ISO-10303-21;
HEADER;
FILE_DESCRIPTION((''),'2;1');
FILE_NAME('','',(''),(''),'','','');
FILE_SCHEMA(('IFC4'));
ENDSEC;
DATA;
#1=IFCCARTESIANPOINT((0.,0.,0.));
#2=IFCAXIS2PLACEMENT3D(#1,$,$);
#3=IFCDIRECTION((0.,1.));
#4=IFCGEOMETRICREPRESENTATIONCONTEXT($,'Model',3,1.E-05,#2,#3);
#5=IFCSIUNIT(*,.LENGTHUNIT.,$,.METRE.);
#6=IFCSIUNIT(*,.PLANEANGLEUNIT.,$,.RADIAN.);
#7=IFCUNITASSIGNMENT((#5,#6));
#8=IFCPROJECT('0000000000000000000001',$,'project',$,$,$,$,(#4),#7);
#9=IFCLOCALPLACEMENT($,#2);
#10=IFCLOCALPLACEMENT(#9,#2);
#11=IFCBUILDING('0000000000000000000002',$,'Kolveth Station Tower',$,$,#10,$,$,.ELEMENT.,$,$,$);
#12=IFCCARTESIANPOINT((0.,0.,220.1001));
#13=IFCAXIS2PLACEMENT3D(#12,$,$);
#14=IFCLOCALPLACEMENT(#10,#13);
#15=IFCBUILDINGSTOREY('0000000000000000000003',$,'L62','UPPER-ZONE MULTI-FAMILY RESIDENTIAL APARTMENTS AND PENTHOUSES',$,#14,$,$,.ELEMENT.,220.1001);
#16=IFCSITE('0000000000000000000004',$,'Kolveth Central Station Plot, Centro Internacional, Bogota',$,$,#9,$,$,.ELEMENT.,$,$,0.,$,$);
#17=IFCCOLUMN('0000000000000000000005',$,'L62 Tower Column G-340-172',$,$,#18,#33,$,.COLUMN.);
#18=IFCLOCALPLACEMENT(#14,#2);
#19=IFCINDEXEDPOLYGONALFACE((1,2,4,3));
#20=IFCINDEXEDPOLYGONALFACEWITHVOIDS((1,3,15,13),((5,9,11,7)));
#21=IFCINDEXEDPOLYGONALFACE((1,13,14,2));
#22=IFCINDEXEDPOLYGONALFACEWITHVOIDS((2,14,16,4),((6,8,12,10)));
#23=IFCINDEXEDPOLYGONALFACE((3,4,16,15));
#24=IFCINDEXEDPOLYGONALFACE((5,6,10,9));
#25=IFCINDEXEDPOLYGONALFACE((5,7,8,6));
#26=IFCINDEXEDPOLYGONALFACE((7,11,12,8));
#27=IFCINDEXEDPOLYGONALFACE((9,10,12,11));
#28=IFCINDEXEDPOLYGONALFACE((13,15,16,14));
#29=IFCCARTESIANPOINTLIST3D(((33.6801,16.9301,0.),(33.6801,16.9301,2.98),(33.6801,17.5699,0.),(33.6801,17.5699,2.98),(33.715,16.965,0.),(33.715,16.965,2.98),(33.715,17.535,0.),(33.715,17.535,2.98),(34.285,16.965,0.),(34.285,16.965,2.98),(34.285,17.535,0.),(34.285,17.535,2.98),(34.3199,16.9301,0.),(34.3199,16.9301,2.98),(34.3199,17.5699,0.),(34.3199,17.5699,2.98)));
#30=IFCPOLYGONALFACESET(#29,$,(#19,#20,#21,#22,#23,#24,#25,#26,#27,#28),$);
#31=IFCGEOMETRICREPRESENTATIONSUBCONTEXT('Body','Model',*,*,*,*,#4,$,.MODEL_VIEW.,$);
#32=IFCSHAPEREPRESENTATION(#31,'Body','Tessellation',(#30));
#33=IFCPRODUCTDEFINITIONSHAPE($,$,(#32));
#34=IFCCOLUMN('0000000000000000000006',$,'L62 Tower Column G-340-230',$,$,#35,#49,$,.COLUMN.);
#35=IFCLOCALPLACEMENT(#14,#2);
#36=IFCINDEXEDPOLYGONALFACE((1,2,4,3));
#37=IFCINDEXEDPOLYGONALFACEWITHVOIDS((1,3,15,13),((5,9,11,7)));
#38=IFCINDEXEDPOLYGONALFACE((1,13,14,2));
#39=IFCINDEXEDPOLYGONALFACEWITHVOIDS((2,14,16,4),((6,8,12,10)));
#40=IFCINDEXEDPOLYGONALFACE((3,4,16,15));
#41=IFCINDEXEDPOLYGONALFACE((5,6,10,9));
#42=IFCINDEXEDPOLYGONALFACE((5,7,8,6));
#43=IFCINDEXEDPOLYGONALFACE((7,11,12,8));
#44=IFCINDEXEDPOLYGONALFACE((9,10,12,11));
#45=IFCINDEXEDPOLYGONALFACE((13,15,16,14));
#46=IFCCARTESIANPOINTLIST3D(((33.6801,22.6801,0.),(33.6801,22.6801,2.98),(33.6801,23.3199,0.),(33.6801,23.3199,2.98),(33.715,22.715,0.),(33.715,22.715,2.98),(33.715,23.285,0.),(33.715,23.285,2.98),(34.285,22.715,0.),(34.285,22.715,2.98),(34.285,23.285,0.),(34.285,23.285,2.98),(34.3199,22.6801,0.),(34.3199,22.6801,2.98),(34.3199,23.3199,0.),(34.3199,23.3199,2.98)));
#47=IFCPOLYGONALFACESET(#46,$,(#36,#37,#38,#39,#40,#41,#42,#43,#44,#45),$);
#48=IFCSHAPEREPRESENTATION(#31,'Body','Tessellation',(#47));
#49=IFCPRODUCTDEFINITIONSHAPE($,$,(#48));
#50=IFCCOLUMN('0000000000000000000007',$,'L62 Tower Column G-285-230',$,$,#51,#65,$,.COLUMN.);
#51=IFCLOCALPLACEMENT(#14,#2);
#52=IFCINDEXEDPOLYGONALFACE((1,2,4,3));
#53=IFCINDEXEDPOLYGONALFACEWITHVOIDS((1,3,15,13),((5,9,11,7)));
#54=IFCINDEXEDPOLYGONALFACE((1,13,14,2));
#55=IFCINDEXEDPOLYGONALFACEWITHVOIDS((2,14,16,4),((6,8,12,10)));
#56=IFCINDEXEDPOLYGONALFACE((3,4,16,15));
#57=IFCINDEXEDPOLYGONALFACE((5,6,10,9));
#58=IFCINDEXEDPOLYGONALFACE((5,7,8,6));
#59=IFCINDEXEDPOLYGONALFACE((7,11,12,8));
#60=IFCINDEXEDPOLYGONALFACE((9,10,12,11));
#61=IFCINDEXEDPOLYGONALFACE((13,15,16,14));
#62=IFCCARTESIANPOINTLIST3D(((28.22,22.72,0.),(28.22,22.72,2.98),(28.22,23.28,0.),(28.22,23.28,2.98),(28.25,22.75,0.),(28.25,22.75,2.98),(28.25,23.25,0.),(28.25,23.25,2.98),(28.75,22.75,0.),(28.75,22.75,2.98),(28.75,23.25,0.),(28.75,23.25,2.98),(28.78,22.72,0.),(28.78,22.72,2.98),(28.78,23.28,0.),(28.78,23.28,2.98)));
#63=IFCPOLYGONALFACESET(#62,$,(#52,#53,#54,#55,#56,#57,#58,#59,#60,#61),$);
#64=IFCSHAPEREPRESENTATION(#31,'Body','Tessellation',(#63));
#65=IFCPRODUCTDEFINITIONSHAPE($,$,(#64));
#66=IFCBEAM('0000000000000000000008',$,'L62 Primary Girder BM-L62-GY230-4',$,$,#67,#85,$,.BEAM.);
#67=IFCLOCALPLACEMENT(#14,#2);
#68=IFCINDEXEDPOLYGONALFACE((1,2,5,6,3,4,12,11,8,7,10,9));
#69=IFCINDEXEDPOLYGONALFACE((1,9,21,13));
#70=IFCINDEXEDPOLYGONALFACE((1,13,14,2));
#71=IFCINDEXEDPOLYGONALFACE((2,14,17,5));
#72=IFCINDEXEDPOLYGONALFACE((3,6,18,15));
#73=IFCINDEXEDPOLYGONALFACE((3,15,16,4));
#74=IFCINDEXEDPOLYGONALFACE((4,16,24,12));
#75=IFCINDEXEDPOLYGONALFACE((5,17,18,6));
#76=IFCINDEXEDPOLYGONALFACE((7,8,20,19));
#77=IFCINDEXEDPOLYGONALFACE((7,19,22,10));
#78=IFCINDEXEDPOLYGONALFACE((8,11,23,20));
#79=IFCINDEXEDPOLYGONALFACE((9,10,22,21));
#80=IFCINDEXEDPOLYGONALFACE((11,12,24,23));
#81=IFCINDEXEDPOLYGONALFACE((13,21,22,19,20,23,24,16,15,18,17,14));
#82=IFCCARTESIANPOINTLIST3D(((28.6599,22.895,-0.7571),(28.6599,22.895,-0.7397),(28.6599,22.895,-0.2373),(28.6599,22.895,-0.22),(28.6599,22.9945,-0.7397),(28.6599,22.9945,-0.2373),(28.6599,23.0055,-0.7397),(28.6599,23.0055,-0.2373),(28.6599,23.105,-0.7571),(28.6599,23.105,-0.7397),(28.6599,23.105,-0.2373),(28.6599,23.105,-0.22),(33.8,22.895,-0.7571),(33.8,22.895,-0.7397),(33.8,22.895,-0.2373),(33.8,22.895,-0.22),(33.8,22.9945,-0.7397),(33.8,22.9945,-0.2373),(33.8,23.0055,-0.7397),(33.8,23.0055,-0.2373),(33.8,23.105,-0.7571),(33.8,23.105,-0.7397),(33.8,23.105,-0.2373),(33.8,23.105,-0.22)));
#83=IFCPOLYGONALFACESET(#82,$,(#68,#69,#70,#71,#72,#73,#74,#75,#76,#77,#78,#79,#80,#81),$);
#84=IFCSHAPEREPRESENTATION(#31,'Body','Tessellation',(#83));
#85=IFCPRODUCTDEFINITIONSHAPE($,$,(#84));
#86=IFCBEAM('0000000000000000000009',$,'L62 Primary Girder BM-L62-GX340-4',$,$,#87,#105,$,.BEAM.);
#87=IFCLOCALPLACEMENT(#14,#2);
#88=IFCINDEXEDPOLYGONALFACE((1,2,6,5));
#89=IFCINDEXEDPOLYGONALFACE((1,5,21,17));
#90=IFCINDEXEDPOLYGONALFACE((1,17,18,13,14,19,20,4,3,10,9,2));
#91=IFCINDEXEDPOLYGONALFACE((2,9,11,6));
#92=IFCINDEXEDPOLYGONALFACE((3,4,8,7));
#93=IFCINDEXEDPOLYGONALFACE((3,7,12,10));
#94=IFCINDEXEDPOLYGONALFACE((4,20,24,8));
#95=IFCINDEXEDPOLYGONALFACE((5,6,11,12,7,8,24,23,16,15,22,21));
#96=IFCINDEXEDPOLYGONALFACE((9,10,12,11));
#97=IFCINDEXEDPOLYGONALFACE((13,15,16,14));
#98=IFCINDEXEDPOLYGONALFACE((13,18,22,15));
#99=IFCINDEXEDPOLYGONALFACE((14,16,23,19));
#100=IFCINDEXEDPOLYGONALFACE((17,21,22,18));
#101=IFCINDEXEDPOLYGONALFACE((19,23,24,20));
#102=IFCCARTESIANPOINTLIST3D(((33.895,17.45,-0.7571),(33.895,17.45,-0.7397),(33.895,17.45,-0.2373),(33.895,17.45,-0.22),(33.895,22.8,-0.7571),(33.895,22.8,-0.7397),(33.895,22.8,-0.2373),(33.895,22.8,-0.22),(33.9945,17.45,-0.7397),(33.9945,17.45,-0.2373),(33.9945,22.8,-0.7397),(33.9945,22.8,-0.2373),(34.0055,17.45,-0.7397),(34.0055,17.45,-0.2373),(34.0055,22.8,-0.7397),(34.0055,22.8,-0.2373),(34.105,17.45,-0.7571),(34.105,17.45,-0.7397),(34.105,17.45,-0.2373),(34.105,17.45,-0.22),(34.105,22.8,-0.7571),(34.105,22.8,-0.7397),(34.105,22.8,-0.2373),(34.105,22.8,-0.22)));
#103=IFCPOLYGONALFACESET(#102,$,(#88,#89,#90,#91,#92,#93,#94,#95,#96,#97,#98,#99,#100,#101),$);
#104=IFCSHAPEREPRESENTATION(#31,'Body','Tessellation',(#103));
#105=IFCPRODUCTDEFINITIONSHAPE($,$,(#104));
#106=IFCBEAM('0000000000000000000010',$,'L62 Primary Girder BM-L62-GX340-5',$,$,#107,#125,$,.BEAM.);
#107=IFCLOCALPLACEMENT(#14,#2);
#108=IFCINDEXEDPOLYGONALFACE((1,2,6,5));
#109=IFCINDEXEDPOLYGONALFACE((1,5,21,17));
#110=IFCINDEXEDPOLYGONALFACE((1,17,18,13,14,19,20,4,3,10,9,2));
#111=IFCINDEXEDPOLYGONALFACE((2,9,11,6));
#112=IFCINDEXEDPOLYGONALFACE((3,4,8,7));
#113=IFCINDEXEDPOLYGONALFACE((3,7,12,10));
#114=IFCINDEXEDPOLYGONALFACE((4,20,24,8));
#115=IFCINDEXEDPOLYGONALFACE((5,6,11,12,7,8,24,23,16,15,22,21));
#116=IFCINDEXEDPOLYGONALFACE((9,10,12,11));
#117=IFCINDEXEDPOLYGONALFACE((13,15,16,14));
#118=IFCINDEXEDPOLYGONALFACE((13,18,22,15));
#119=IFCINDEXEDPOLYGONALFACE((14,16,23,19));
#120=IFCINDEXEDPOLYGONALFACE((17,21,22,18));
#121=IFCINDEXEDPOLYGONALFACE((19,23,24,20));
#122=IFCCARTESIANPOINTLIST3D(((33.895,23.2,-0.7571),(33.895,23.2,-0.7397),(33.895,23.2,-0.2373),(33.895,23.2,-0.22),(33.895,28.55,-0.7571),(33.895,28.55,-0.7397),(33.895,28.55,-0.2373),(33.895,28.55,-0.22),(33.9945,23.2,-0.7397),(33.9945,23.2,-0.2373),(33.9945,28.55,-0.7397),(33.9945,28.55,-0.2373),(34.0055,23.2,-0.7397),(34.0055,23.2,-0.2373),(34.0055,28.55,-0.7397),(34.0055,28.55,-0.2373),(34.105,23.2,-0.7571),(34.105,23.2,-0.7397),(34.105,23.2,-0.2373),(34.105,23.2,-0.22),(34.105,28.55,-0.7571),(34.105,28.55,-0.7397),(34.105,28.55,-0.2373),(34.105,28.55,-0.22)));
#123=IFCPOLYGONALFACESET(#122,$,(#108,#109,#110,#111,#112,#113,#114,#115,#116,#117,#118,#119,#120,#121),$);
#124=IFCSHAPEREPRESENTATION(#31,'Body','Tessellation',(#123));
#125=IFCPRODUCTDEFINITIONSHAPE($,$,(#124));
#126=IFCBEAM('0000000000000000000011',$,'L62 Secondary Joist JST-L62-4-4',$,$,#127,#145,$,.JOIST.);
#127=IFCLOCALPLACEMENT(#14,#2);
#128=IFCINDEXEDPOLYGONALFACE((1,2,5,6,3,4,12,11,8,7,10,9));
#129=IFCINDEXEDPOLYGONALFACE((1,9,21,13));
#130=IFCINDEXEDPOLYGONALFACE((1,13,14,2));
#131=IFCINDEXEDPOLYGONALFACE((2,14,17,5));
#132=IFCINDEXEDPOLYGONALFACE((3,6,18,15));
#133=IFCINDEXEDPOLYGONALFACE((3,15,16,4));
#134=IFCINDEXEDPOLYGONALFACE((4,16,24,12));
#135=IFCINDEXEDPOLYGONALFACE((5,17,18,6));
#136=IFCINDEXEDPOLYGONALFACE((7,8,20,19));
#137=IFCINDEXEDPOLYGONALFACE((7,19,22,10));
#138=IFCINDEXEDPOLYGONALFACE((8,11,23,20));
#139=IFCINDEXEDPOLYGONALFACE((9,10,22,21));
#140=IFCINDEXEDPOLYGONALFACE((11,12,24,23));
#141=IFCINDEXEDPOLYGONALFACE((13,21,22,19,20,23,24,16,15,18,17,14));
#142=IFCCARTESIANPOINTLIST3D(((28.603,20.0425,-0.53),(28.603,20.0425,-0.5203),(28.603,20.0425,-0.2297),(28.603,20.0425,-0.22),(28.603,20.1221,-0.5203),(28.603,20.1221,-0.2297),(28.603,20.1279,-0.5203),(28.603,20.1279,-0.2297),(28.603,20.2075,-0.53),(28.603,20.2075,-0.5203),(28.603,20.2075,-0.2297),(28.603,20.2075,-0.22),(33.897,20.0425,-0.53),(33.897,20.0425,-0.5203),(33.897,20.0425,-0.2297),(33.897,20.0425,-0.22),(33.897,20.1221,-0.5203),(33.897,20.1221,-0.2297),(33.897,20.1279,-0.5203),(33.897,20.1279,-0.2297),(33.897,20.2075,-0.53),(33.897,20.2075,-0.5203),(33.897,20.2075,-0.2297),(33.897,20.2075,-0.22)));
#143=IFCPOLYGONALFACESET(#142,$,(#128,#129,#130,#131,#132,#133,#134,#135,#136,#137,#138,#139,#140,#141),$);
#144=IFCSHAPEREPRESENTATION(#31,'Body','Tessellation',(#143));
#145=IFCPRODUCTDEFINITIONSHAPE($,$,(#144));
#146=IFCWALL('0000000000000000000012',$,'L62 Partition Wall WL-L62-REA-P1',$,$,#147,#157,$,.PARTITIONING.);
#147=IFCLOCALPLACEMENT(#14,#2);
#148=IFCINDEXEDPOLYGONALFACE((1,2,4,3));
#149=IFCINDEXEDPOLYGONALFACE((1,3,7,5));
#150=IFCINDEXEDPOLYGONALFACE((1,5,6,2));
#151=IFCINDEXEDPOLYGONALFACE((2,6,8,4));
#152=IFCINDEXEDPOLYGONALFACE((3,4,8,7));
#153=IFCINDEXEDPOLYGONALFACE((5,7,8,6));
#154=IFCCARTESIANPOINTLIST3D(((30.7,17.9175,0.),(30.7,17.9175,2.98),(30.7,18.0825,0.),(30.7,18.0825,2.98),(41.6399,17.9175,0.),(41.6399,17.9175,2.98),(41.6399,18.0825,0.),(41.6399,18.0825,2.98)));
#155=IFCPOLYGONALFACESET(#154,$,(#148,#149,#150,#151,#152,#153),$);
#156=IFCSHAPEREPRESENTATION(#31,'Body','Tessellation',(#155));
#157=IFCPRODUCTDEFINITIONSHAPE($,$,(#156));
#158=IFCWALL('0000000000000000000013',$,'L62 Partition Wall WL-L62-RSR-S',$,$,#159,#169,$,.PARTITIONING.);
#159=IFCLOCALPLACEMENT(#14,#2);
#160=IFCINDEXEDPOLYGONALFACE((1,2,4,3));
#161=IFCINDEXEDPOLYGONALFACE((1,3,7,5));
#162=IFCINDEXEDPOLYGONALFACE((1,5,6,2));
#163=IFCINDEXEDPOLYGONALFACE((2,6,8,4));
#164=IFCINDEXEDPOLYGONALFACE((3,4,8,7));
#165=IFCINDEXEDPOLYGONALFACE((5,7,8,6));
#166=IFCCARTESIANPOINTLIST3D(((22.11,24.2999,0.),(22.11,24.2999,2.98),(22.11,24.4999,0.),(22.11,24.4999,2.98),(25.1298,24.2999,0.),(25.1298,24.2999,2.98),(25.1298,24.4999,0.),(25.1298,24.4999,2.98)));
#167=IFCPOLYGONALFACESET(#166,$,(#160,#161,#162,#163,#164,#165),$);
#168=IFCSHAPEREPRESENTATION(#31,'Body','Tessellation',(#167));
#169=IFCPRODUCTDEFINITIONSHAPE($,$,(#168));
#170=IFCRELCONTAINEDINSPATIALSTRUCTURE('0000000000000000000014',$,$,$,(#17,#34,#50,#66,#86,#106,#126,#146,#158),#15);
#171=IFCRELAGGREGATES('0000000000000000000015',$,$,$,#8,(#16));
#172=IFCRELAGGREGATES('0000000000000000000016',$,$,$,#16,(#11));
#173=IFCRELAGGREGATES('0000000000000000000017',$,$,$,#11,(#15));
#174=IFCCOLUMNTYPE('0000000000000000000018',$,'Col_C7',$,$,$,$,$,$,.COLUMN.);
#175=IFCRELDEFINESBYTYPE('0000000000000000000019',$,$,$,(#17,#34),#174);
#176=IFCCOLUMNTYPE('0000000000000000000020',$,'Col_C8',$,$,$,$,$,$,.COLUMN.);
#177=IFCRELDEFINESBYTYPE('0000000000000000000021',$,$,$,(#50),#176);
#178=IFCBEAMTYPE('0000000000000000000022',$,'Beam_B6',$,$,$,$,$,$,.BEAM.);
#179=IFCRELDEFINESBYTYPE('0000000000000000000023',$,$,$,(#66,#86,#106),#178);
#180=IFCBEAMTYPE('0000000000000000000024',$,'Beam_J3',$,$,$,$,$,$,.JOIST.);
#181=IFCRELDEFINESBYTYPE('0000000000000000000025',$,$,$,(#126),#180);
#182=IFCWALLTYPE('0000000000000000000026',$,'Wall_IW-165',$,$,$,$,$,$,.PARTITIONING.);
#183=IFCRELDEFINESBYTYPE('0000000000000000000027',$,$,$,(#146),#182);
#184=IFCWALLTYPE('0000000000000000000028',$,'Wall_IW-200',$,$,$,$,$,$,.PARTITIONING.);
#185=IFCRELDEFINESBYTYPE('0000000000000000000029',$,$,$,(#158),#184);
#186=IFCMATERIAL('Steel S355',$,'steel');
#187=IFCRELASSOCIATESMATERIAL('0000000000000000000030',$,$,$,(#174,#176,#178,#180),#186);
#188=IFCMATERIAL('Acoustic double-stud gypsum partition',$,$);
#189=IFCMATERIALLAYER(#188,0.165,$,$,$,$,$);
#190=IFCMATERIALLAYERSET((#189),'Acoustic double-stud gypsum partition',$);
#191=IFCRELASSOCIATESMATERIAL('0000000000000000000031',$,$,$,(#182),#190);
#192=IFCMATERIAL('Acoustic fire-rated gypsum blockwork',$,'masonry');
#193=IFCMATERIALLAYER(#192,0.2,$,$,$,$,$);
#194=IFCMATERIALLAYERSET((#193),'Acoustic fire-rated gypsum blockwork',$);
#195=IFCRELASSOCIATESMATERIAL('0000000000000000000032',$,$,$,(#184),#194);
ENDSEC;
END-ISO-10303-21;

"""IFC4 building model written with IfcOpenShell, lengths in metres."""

from ifc_helpers import new_model, si_unit, direction, frame, frame_2d, origin, origin_2d, place, context, subcontext, project, spatial, rectangle, hollow_rectangle, i_section, extrude, source, transform, mapped, material, layer, layer_set, material_profile, profile_set, type_object, element, save


model = new_model("IFC4")

# Units and contexts
model_context = context("Model", 3, precision=1e-05, world=origin(), true_north=direction((0.0, 1.0)))
body_context = subcontext(model_context, "Body", "Model", "MODEL_VIEW")
ifc_project = project(units=[si_unit("LENGTHUNIT", "METRE"), si_unit("PLANEANGLEUNIT", "RADIAN")], contexts=[model_context])

# Site, building, storey
site_placement = place(None, origin())
site = spatial("IfcSite", under=ifc_project, at=site_placement, Name="Kolveth Central Station Plot, Centro Internacional, Bogota", CompositionType="ELEMENT", RefElevation=0.0)
building_placement = place(site_placement, origin())
building = spatial("IfcBuilding", under=site, at=building_placement, Name="Kolveth Station Tower", CompositionType="ELEMENT")
storey_placement = place(building_placement, frame((0.0, 0.0, 220.1001)))
storey = spatial("IfcBuildingStorey", under=building, at=storey_placement, Name="L62", Description="UPPER-ZONE MULTI-FAMILY RESIDENTIAL APARTMENTS AND PENTHOUSES", CompositionType="ELEMENT", Elevation=220.1001)

# Columns
ifc_material_1 = material(Name="Steel S355", Category="steel")
ifc_material_profile_1 = material_profile(ifc_material_1, hollow_rectangle(XDim=0.6399, YDim=0.6399, WallThickness=0.0349, at=origin_2d()), Name="BOX640x640x35")
ifc_profile_set_1 = profile_set([ifc_material_profile_1], Name="Steel S355")
column_type_1 = type_object("IfcColumnType", Name="Col_C7", PredefinedType="COLUMN", material=ifc_profile_set_1)
shared_shape_1 = source(origin(), body_context, "Body", "SweptSolid", [
    extrude(hollow_rectangle(XDim=0.6399, YDim=0.6399, WallThickness=0.0349, at=origin_2d()), origin(), (0.0, 0.0, 1.0), 2.98),
])
for number, where, z_axis, x_axis, name in (
    (1, (34.0, 17.25, 0.0), (0.0, 0.0, 1.0), (1.0, 0.0, 0.0), "L62 Tower Column G-340-172"),
    (2, (34.0, 23.0, 0.0), (0.0, 0.0, 1.0), (1.0, 0.0, 0.0), "L62 Tower Column G-340-230"),
):
    element("IfcColumn", number, at=place(storey_placement, frame(where, z_axis=z_axis, x_axis=x_axis)), inside=storey, type_object=column_type_1, Name=name, PredefinedType="COLUMN", context=body_context, shape_type="MappedRepresentation", body=[
        mapped(shared_shape_1, transform((0.0, 0.0, 0.0), x_axis=(1.0, 0.0, 0.0), y_axis=(0.0, 1.0, 0.0), z_axis=(0.0, 0.0, 1.0), scale=1.0)),
    ])
ifc_material_profile_2 = material_profile(ifc_material_1, hollow_rectangle(XDim=0.5601, YDim=0.5601, WallThickness=0.03, at=origin_2d()), Name="BOX560x560x30")
ifc_profile_set_2 = profile_set([ifc_material_profile_2], Name="Steel S355")
column_type_2 = type_object("IfcColumnType", Name="Col_C8", PredefinedType="COLUMN", material=ifc_profile_set_2)
shared_shape_2 = source(origin(), body_context, "Body", "SweptSolid", [
    extrude(hollow_rectangle(XDim=0.5601, YDim=0.5601, WallThickness=0.03, at=origin_2d()), origin(), (0.0, 0.0, 1.0), 2.98),
])
column_placement = place(storey_placement, frame((28.5, 23.0, 0.0), z_axis=(0.0, 0.0, 1.0), x_axis=(1.0, 0.0, 0.0)))
element("IfcColumn", 3, at=column_placement, inside=storey, type_object=column_type_2, Name="L62 Tower Column G-285-230", PredefinedType="COLUMN", context=body_context, shape_type="MappedRepresentation", body=[
    mapped(shared_shape_2, transform((0.0, 0.0, 0.0), x_axis=(1.0, 0.0, 0.0), y_axis=(0.0, 1.0, 0.0), z_axis=(0.0, 0.0, 1.0), scale=1.0)),
])

# Beams
ifc_material_profile_3 = material_profile(ifc_material_1, i_section(OverallWidth=0.21, OverallDepth=0.5371, WebThickness=0.011, FlangeThickness=0.0173, at=origin_2d()), Name="W530x101")
ifc_profile_set_3 = profile_set([ifc_material_profile_3], Name="Steel S355")
beam_type_1 = type_object("IfcBeamType", Name="Beam_B6", PredefinedType="BEAM", material=ifc_profile_set_3)
shared_shape_3 = source(origin(), body_context, "Body", "SweptSolid", [
    extrude(i_section(OverallWidth=0.21, OverallDepth=0.5371, WebThickness=0.011, FlangeThickness=0.0173, at=origin_2d()), origin(), (0.0, 0.0, 1.0), 5.1401),
])
beam_1_placement = place(storey_placement, frame((28.6599, 23.0, -0.4885), z_axis=(1.0, 0.0, 0.0), x_axis=(0.0, 1.0, 0.0)))
element("IfcBeam", 4, at=beam_1_placement, inside=storey, type_object=beam_type_1, Name="L62 Primary Girder BM-L62-GY230-4", PredefinedType="BEAM", context=body_context, shape_type="MappedRepresentation", body=[
    mapped(shared_shape_3, transform((0.0, 0.0, 0.0), x_axis=(1.0, 0.0, 0.0), y_axis=(0.0, 1.0, 0.0), z_axis=(0.0, 0.0, 1.0), scale=1.0)),
])
shared_shape_4 = source(origin(), body_context, "Body", "SweptSolid", [
    extrude(i_section(OverallWidth=0.21, OverallDepth=0.5371, WebThickness=0.011, FlangeThickness=0.0173, at=origin_2d()), origin(), (0.0, 0.0, 1.0), 5.3501),
])
for number, where, z_axis, x_axis, name in (
    (5, (34.0, 17.45, -0.4885), (0.0, 1.0, 0.0), (-1.0, 0.0, 0.0), "L62 Primary Girder BM-L62-GX340-4"),
    (6, (34.0, 23.2, -0.4885), (0.0, 1.0, 0.0), (-1.0, 0.0, 0.0), "L62 Primary Girder BM-L62-GX340-5"),
):
    element("IfcBeam", number, at=place(storey_placement, frame(where, z_axis=z_axis, x_axis=x_axis)), inside=storey, type_object=beam_type_1, Name=name, PredefinedType="BEAM", context=body_context, shape_type="MappedRepresentation", body=[
        mapped(shared_shape_4, transform((0.0, 0.0, 0.0), x_axis=(1.0, 0.0, 0.0), y_axis=(0.0, 1.0, 0.0), z_axis=(0.0, 0.0, 1.0), scale=1.0)),
    ])
ifc_material_profile_4 = material_profile(ifc_material_1, i_section(OverallWidth=0.165, OverallDepth=0.3101, WebThickness=0.0059, FlangeThickness=0.0098, at=origin_2d()), Name="W310x39")
ifc_profile_set_4 = profile_set([ifc_material_profile_4], Name="Steel S355")
beam_type_2 = type_object("IfcBeamType", Name="Beam_J3", PredefinedType="JOIST", material=ifc_profile_set_4)
shared_shape_5 = source(origin(), body_context, "Body", "SweptSolid", [
    extrude(i_section(OverallWidth=0.165, OverallDepth=0.3101, WebThickness=0.0059, FlangeThickness=0.0098, at=origin_2d()), origin(), (0.0, 0.0, 1.0), 5.2939),
])
beam_2_placement = place(storey_placement, frame((28.603, 20.125, -0.375), z_axis=(1.0, 0.0, 0.0), x_axis=(0.0, 1.0, 0.0)))
element("IfcBeam", 7, at=beam_2_placement, inside=storey, type_object=beam_type_2, Name="L62 Secondary Joist JST-L62-4-4", PredefinedType="JOIST", context=body_context, shape_type="MappedRepresentation", body=[
    mapped(shared_shape_5, transform((0.0, 0.0, 0.0), x_axis=(1.0, 0.0, 0.0), y_axis=(0.0, 1.0, 0.0), z_axis=(0.0, 0.0, 1.0), scale=1.0)),
])

# Walls
ifc_material_2 = material(Name="Acoustic double-stud gypsum partition")
ifc_layer_1 = layer(ifc_material_2, 0.165)
ifc_layer_set_1 = layer_set([ifc_layer_1], Name="Acoustic double-stud gypsum partition")
wall_type_1 = type_object("IfcWallType", Name="Wall_IW-165", PredefinedType="PARTITIONING", material=ifc_layer_set_1)
wall_1_placement = place(storey_placement, frame((30.7, 18.0, 0.0), z_axis=(0.0, 0.0, 1.0), x_axis=(1.0, 0.0, 0.0)))
element("IfcWall", 8, at=wall_1_placement, inside=storey, type_object=wall_type_1, Name="L62 Partition Wall WL-L62-REA-P1", PredefinedType="PARTITIONING", context=body_context, shape_type="SweptSolid", body=[
    extrude(rectangle(XDim=10.9399, YDim=0.165, at=frame_2d((5.47, 0.0))), origin(), (0.0, 0.0, 1.0), 2.98),
])
ifc_material_3 = material(Name="Acoustic fire-rated gypsum blockwork", Category="masonry")
ifc_layer_2 = layer(ifc_material_3, 0.2)
ifc_layer_set_2 = layer_set([ifc_layer_2], Name="Acoustic fire-rated gypsum blockwork")
wall_type_2 = type_object("IfcWallType", Name="Wall_IW-200", PredefinedType="PARTITIONING", material=ifc_layer_set_2)
wall_2_placement = place(storey_placement, frame((22.1101, 24.3999, 0.0), z_axis=(0.0, 0.0, 1.0), x_axis=(1.0, 0.0, 0.0)))
element("IfcWall", 9, at=wall_2_placement, inside=storey, type_object=wall_type_2, Name="L62 Partition Wall WL-L62-RSR-S", PredefinedType="PARTITIONING", context=body_context, shape_type="SweptSolid", body=[
    extrude(rectangle(XDim=3.0198, YDim=0.2, at=frame_2d((1.5098, 0.0))), origin(), (0.0, 0.0, 1.0), 2.98),
])

save(model, "model.ifc")
